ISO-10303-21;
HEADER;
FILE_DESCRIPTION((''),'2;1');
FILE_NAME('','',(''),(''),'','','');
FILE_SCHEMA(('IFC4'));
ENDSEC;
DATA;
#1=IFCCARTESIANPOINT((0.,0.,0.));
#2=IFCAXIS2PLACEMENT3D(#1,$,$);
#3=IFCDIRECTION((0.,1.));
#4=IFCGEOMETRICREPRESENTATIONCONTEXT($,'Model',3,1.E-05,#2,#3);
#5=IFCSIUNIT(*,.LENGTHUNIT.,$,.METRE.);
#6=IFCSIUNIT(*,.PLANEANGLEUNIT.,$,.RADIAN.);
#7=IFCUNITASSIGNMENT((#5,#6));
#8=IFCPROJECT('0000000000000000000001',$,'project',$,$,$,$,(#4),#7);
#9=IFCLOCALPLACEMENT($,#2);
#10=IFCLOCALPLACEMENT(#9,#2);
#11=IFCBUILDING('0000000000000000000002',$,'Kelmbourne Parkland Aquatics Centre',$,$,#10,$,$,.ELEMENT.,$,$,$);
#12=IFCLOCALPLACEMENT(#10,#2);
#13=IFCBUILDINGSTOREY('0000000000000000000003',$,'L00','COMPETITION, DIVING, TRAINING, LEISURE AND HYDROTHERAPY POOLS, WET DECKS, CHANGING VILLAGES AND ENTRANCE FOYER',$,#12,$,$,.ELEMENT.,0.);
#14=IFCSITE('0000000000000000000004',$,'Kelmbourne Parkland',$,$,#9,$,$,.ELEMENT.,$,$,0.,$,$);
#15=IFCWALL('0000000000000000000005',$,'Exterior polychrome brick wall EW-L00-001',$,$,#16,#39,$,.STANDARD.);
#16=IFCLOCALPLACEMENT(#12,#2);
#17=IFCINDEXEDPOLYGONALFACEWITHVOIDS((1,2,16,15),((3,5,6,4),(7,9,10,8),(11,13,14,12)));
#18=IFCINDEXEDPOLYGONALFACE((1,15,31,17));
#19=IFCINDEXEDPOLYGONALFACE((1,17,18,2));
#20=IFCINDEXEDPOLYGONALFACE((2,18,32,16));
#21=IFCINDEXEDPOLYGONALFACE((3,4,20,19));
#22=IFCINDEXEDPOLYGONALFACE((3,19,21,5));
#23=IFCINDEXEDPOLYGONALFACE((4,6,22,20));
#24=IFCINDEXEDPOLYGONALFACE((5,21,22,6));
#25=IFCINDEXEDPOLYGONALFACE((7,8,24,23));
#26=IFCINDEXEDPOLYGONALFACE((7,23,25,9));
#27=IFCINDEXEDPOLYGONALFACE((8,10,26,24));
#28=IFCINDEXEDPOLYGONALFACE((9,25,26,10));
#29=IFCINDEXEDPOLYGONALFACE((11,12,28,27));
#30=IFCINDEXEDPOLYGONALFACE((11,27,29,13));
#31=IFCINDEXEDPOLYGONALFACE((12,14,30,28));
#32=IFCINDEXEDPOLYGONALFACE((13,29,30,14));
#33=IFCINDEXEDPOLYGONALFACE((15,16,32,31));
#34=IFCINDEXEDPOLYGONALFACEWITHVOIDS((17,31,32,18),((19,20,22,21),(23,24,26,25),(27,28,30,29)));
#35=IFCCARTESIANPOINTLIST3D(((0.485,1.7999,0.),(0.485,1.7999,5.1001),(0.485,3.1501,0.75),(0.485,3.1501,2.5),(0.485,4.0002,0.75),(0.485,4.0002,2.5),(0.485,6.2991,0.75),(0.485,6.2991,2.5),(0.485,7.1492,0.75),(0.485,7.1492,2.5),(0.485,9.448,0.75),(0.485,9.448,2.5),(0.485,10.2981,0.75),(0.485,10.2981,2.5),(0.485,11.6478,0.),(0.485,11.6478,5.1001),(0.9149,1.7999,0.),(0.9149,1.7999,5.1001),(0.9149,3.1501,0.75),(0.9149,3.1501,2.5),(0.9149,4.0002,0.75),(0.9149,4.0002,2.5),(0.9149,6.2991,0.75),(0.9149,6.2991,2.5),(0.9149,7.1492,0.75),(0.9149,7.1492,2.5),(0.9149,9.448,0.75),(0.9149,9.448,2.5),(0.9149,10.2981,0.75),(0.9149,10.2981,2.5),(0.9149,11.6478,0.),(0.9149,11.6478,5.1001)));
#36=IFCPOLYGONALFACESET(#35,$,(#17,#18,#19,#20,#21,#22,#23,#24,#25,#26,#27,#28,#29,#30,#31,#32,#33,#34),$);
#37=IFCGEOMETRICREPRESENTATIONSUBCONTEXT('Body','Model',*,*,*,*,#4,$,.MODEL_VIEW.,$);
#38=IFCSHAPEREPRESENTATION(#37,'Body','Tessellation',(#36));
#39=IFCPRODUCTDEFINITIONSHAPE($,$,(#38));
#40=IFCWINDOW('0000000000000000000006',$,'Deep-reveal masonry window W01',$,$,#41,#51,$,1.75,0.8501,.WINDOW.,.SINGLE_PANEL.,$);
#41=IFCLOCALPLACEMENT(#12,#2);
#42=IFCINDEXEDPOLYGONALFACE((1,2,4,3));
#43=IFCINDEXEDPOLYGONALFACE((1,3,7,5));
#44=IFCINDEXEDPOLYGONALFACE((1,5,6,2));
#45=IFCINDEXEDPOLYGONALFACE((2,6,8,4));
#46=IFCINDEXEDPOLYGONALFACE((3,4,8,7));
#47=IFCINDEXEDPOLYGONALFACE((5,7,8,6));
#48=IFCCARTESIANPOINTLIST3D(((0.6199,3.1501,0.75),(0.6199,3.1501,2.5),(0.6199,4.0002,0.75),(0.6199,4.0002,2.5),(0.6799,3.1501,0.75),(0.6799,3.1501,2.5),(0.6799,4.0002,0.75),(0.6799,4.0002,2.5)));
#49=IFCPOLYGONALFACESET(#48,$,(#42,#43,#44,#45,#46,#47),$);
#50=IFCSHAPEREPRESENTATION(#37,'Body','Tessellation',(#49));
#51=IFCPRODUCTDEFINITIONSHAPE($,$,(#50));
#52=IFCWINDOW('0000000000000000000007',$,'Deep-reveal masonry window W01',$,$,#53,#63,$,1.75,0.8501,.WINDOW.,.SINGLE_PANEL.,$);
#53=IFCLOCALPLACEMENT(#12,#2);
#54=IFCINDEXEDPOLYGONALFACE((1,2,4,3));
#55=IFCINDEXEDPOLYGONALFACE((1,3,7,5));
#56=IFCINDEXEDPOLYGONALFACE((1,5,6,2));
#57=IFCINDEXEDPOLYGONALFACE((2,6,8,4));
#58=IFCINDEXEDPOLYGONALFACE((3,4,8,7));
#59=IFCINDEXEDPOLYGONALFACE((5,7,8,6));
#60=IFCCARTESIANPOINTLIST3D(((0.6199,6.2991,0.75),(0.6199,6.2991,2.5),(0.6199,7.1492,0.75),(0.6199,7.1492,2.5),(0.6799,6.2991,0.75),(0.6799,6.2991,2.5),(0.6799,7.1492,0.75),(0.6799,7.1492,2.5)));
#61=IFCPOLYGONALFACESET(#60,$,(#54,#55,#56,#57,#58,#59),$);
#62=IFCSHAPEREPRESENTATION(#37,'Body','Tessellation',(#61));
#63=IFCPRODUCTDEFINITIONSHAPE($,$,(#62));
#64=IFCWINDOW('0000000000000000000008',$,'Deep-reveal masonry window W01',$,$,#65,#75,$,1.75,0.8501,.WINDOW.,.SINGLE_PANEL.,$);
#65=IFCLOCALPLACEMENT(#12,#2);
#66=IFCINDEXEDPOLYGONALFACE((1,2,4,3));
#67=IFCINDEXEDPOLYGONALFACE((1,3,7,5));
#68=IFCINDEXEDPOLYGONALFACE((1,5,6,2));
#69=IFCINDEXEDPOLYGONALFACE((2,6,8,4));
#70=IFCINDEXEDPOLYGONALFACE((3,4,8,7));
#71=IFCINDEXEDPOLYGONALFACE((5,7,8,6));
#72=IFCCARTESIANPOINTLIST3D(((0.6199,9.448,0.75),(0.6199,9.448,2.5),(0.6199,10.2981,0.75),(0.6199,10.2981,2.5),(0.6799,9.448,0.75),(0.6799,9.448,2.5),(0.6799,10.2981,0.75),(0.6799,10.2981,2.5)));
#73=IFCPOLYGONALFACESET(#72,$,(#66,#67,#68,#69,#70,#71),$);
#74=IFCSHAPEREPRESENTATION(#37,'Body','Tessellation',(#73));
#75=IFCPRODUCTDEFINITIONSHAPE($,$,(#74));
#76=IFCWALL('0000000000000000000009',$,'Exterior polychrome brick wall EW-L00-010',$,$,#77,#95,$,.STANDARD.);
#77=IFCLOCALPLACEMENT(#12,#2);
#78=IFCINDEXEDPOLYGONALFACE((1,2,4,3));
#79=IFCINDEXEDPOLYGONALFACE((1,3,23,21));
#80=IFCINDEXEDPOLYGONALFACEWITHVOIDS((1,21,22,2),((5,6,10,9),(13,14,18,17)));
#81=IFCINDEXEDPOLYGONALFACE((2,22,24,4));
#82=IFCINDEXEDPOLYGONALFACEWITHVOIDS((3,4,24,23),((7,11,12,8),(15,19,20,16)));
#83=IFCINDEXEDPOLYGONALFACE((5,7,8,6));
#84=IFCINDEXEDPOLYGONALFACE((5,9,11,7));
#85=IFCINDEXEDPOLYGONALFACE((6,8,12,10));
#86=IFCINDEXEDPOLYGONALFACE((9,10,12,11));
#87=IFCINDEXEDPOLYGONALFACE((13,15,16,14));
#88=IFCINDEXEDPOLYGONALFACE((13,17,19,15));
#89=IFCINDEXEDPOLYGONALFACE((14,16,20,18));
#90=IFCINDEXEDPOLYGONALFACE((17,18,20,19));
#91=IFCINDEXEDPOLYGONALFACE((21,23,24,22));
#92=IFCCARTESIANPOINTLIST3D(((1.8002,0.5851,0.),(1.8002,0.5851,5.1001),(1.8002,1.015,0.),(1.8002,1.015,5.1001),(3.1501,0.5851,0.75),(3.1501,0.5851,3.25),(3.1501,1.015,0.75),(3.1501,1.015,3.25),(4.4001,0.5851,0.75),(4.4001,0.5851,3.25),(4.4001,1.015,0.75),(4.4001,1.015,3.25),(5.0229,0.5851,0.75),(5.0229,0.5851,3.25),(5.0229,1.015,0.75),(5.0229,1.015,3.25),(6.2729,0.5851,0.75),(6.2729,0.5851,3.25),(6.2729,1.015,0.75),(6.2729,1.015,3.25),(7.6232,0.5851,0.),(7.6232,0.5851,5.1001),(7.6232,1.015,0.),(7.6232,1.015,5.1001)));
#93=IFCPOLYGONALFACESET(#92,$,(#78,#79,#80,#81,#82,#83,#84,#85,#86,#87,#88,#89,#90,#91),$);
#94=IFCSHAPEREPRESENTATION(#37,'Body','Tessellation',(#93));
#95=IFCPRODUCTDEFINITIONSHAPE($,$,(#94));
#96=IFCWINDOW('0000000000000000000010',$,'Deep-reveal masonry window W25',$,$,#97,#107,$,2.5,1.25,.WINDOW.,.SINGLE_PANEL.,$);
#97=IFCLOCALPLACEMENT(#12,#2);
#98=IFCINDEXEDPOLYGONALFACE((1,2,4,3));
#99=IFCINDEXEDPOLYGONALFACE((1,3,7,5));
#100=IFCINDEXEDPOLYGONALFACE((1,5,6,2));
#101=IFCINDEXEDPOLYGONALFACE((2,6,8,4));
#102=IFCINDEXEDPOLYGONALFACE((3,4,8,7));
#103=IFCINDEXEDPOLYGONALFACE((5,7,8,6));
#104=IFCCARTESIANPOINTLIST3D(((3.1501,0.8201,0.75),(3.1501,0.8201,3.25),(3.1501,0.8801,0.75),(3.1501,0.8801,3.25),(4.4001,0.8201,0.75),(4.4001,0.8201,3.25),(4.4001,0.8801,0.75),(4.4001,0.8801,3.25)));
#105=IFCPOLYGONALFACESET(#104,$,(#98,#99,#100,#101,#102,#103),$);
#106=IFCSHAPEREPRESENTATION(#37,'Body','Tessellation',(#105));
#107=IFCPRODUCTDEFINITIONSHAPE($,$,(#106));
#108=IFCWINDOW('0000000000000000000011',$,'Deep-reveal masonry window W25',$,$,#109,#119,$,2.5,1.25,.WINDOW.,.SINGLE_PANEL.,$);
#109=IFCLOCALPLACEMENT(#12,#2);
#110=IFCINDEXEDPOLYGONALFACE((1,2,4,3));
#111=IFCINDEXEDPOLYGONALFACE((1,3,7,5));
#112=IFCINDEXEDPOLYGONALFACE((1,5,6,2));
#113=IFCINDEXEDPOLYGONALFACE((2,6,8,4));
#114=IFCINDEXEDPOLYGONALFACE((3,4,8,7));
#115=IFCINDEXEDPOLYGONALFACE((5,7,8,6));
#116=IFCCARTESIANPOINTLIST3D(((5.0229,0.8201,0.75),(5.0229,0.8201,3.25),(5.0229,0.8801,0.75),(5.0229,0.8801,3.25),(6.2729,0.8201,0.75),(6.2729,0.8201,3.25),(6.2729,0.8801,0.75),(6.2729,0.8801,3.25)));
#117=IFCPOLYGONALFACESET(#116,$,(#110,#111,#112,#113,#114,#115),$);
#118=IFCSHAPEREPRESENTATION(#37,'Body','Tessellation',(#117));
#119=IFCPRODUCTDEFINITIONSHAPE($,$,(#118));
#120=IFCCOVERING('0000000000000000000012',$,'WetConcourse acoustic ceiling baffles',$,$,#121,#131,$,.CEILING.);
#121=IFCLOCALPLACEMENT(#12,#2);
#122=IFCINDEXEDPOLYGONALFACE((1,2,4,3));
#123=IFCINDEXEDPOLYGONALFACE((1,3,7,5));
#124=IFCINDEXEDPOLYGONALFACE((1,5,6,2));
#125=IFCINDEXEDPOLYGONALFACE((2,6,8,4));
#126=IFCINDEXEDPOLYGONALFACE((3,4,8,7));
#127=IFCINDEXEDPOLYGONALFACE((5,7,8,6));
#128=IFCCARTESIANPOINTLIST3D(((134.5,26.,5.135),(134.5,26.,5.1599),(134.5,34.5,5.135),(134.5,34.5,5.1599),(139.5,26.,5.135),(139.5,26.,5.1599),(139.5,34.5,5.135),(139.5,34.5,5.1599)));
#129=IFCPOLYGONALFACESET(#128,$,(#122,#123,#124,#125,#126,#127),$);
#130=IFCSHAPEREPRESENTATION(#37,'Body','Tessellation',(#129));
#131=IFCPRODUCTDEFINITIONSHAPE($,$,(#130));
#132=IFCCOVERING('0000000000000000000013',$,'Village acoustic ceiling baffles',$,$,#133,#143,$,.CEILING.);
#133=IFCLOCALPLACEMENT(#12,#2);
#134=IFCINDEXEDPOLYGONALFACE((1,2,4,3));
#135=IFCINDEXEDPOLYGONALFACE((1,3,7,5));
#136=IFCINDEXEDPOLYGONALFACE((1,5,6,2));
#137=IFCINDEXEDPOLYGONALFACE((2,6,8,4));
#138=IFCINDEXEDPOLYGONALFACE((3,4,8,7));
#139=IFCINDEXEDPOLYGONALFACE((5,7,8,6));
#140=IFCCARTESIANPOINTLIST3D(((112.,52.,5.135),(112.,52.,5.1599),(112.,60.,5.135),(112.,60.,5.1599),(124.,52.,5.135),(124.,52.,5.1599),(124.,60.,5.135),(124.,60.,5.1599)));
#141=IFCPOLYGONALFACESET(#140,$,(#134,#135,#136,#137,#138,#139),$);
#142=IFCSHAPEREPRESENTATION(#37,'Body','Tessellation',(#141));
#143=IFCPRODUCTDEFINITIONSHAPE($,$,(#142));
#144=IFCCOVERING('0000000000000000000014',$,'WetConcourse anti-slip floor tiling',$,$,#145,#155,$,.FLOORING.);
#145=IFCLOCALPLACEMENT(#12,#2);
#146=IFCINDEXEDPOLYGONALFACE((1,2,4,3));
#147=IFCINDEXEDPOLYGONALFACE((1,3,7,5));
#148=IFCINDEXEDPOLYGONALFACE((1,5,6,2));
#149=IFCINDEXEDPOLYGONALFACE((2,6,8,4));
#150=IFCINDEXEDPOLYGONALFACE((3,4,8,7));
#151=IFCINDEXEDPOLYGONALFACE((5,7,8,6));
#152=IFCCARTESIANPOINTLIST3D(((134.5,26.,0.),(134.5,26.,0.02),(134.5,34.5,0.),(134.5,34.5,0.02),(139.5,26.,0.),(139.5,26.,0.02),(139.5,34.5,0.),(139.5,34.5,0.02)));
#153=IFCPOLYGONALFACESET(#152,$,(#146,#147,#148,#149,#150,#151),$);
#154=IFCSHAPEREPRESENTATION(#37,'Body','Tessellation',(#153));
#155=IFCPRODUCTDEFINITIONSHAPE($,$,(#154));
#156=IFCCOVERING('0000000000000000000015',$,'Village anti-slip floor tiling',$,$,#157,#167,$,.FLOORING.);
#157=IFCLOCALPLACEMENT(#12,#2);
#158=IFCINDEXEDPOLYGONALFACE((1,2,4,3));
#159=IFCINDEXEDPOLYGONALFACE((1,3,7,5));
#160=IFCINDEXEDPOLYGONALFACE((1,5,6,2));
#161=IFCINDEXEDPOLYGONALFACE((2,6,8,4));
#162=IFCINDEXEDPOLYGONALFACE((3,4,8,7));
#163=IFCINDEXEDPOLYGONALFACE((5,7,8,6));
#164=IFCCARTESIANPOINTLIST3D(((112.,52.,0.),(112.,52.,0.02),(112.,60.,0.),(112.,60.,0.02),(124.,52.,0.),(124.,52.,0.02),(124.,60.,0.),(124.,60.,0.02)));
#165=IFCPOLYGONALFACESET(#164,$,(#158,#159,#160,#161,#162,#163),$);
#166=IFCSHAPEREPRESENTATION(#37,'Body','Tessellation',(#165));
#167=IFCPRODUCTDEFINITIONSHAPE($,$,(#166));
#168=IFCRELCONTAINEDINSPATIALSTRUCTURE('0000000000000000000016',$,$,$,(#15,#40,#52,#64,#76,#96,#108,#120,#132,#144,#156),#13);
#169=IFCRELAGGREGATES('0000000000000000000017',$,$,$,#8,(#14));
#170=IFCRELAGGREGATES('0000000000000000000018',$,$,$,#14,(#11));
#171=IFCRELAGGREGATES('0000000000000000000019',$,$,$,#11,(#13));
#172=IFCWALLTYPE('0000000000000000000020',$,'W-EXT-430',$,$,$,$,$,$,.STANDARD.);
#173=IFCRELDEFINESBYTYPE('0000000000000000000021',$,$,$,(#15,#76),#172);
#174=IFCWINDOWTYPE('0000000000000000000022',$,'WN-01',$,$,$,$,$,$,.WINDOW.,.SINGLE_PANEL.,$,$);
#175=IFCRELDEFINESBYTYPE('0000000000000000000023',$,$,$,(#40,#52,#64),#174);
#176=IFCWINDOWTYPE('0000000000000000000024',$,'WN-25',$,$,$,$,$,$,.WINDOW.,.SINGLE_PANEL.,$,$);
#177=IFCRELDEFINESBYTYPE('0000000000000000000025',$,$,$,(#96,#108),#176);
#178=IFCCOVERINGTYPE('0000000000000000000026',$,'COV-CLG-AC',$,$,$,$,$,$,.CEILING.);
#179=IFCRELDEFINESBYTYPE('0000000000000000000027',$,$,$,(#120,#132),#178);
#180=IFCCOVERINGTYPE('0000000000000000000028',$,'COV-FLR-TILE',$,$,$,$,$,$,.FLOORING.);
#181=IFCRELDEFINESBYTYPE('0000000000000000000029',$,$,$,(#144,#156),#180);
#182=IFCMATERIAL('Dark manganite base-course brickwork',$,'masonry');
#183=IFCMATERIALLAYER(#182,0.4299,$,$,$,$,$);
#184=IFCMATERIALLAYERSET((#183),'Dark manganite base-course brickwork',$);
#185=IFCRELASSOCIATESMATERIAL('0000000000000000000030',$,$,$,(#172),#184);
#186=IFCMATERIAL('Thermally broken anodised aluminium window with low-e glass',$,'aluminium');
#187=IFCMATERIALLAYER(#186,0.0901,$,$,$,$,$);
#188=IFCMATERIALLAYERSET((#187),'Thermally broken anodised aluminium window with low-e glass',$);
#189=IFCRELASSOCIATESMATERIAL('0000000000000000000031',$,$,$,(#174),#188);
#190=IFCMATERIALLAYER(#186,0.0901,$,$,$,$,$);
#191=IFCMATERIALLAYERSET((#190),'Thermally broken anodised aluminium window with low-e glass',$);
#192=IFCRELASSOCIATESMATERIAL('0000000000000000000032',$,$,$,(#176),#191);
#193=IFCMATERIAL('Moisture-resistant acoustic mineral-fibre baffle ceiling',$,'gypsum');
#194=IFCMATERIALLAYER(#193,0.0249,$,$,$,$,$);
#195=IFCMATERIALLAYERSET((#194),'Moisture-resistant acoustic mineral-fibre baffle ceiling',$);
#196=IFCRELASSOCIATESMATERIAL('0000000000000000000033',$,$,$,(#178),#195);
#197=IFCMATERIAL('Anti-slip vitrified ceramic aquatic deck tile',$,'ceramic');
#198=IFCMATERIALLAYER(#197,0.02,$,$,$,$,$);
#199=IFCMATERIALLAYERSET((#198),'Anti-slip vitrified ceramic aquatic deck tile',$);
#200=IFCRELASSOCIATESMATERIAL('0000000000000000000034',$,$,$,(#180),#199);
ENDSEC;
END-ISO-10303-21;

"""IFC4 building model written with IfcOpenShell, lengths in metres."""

from ifc_helpers import new_model, si_unit, direction, frame, frame_2d, origin, place, context, subcontext, project, spatial, polyline, rectangle, outline, extrude, material, layer, layer_set, type_object, element, fill, save


model = new_model("IFC4")

# Units and contexts
model_context = context("Model", 3, precision=1e-05, world=origin(), true_north=direction((0.0, 1.0)))
body_context = subcontext(model_context, "Body", "Model", "MODEL_VIEW")
ifc_project = project(units=[si_unit("LENGTHUNIT", "METRE"), si_unit("PLANEANGLEUNIT", "RADIAN")], contexts=[model_context])

# Site, building, storey
site_placement = place(None, origin())
site = spatial("IfcSite", under=ifc_project, at=site_placement, Name="Kelmbourne Parkland", CompositionType="ELEMENT", RefElevation=0.0)
building_placement = place(site_placement, origin())
building = spatial("IfcBuilding", under=site, at=building_placement, Name="Kelmbourne Parkland Aquatics Centre", CompositionType="ELEMENT")
storey_placement = place(building_placement, origin())
storey = spatial("IfcBuildingStorey", under=building, at=storey_placement, Name="L00", Description="COMPETITION, DIVING, TRAINING, LEISURE AND HYDROTHERAPY POOLS, WET DECKS, CHANGING VILLAGES AND ENTRANCE FOYER", CompositionType="ELEMENT", Elevation=0.0)

# Walls, openings, windows
ifc_material_1 = material(Name="Dark manganite base-course brickwork", Category="masonry")
ifc_layer_1 = layer(ifc_material_1, 0.4299)
ifc_layer_set_1 = layer_set([ifc_layer_1], Name="Dark manganite base-course brickwork")
wall_type_1 = type_object("IfcWallType", Name="W-EXT-430", PredefinedType="STANDARD", material=ifc_layer_set_1)
wall_1_placement = place(storey_placement, frame((0.7, 1.8, 0.0), z_axis=(0.0, 0.0, 1.0), x_axis=(0.0, 1.0, 0.0)))
wall_1 = element("IfcWall", 1, at=wall_1_placement, inside=storey, type_object=wall_type_1, Name="Exterior polychrome brick wall EW-L00-001", PredefinedType="STANDARD", context=body_context, shape_type="SweptSolid", body=[
    extrude(rectangle(XDim=9.8479, YDim=0.4299, at=frame_2d((4.9238, 0.0))), origin(), (0.0, 0.0, 1.0), 5.1001),
])
opening_1_placement = place(wall_1_placement, frame((1.3501, 0.0, 0.75)))
opening_1 = element("IfcOpeningElement", 2, at=opening_1_placement, cuts=wall_1, PredefinedType="OPENING", context=body_context, shape_type="SweptSolid", body=[
    extrude(rectangle(XDim=0.8501, YDim=1.75, at=frame_2d((0.425, 0.875))), frame((0.0, 0.2271, 0.0), z_axis=(0.0, -1.0, 0.0), x_axis=(1.0, 0.0, 0.0)), (0.0, 0.0, 1.0), 0.4539),
])
opening_2_placement = place(wall_1_placement, frame((4.499, 0.0, 0.75)))
opening_2 = element("IfcOpeningElement", 3, at=opening_2_placement, cuts=wall_1, PredefinedType="OPENING", context=body_context, shape_type="SweptSolid", body=[
    extrude(rectangle(XDim=0.8501, YDim=1.75, at=frame_2d((0.425, 0.875))), frame((0.0, 0.2271, 0.0), z_axis=(0.0, -1.0, 0.0), x_axis=(1.0, 0.0, 0.0)), (0.0, 0.0, 1.0), 0.4539),
])
opening_3_placement = place(wall_1_placement, frame((7.6479, 0.0, 0.75)))
opening_3 = element("IfcOpeningElement", 4, at=opening_3_placement, cuts=wall_1, PredefinedType="OPENING", context=body_context, shape_type="SweptSolid", body=[
    extrude(rectangle(XDim=0.8501, YDim=1.75, at=frame_2d((0.425, 0.875))), frame((0.0, 0.2271, 0.0), z_axis=(0.0, -1.0, 0.0), x_axis=(1.0, 0.0, 0.0)), (0.0, 0.0, 1.0), 0.4539),
])
ifc_material_2 = material(Name="Thermally broken anodised aluminium window with low-e glass", Category="aluminium")
ifc_layer_2 = layer(ifc_material_2, 0.0901)
ifc_layer_set_2 = layer_set([ifc_layer_2], Name="Thermally broken anodised aluminium window with low-e glass")
window_type_1 = type_object("IfcWindowType", Name="WN-01", PartitioningType="SINGLE_PANEL", PredefinedType="WINDOW", material=ifc_layer_set_2)
window_1_placement = place(opening_1_placement, origin())
window_1 = element("IfcWindow", 5, at=window_1_placement, inside=storey, type_object=window_type_1, Name="Deep-reveal masonry window W01", OverallHeight=1.75, OverallWidth=0.8501, PartitioningType="SINGLE_PANEL", PredefinedType="WINDOW", context=body_context, shape_type="SweptSolid", body=[
    extrude(rectangle(XDim=0.8501, YDim=1.75, at=frame_2d((0.425, 0.875))), frame((0.0, 0.0801, 0.0), z_axis=(0.0, -1.0, 0.0), x_axis=(1.0, 0.0, 0.0)), (0.0, 0.0, 1.0), 0.0601),
])
fill(opening_1, window_1)
window_2_placement = place(opening_2_placement, origin())
window_2 = element("IfcWindow", 6, at=window_2_placement, inside=storey, type_object=window_type_1, Name="Deep-reveal masonry window W01", OverallHeight=1.75, OverallWidth=0.8501, PartitioningType="SINGLE_PANEL", PredefinedType="WINDOW", context=body_context, shape_type="SweptSolid", body=[
    extrude(rectangle(XDim=0.8501, YDim=1.75, at=frame_2d((0.425, 0.875))), frame((0.0, 0.0801, 0.0), z_axis=(0.0, -1.0, 0.0), x_axis=(1.0, 0.0, 0.0)), (0.0, 0.0, 1.0), 0.0601),
])
fill(opening_2, window_2)
window_3_placement = place(opening_3_placement, origin())
window_3 = element("IfcWindow", 7, at=window_3_placement, inside=storey, type_object=window_type_1, Name="Deep-reveal masonry window W01", OverallHeight=1.75, OverallWidth=0.8501, PartitioningType="SINGLE_PANEL", PredefinedType="WINDOW", context=body_context, shape_type="SweptSolid", body=[
    extrude(rectangle(XDim=0.8501, YDim=1.75, at=frame_2d((0.425, 0.875))), frame((0.0, 0.0801, 0.0), z_axis=(0.0, -1.0, 0.0), x_axis=(1.0, 0.0, 0.0)), (0.0, 0.0, 1.0), 0.0601),
])
fill(opening_3, window_3)
wall_2_placement = place(storey_placement, frame((1.8, 0.8, 0.0), z_axis=(0.0, 0.0, 1.0), x_axis=(1.0, 0.0, 0.0)))
wall_2 = element("IfcWall", 8, at=wall_2_placement, inside=storey, type_object=wall_type_1, Name="Exterior polychrome brick wall EW-L00-010", PredefinedType="STANDARD", context=body_context, shape_type="SweptSolid", body=[
    extrude(rectangle(XDim=5.823, YDim=0.4299, at=frame_2d((2.9116, 0.0))), origin(), (0.0, 0.0, 1.0), 5.1001),
])
opening_4_placement = place(wall_2_placement, frame((1.3501, 0.0, 0.75)))
opening_4 = element("IfcOpeningElement", 9, at=opening_4_placement, cuts=wall_2, PredefinedType="OPENING", context=body_context, shape_type="SweptSolid", body=[
    extrude(rectangle(XDim=1.25, YDim=2.5, at=frame_2d((0.625, 1.25))), frame((0.0, 0.2271, 0.0), z_axis=(0.0, -1.0, 0.0), x_axis=(1.0, 0.0, 0.0)), (0.0, 0.0, 1.0), 0.4539),
])
opening_5_placement = place(wall_2_placement, frame((3.2229, 0.0, 0.75)))
opening_5 = element("IfcOpeningElement", 10, at=opening_5_placement, cuts=wall_2, PredefinedType="OPENING", context=body_context, shape_type="SweptSolid", body=[
    extrude(rectangle(XDim=1.25, YDim=2.5, at=frame_2d((0.625, 1.25))), frame((0.0, 0.2271, 0.0), z_axis=(0.0, -1.0, 0.0), x_axis=(1.0, 0.0, 0.0)), (0.0, 0.0, 1.0), 0.4539),
])
ifc_layer_3 = layer(ifc_material_2, 0.0901)
ifc_layer_set_3 = layer_set([ifc_layer_3], Name="Thermally broken anodised aluminium window with low-e glass")
window_type_2 = type_object("IfcWindowType", Name="WN-25", PartitioningType="SINGLE_PANEL", PredefinedType="WINDOW", material=ifc_layer_set_3)
window_4_placement = place(opening_4_placement, origin())
window_4 = element("IfcWindow", 11, at=window_4_placement, inside=storey, type_object=window_type_2, Name="Deep-reveal masonry window W25", OverallHeight=2.5, OverallWidth=1.25, PartitioningType="SINGLE_PANEL", PredefinedType="WINDOW", context=body_context, shape_type="SweptSolid", body=[
    extrude(rectangle(XDim=1.25, YDim=2.5, at=frame_2d((0.625, 1.25))), frame((0.0, 0.0801, 0.0), z_axis=(0.0, -1.0, 0.0), x_axis=(1.0, 0.0, 0.0)), (0.0, 0.0, 1.0), 0.0601),
])
fill(opening_4, window_4)
window_5_placement = place(opening_5_placement, origin())
window_5 = element("IfcWindow", 12, at=window_5_placement, inside=storey, type_object=window_type_2, Name="Deep-reveal masonry window W25", OverallHeight=2.5, OverallWidth=1.25, PartitioningType="SINGLE_PANEL", PredefinedType="WINDOW", context=body_context, shape_type="SweptSolid", body=[
    extrude(rectangle(XDim=1.25, YDim=2.5, at=frame_2d((0.625, 1.25))), frame((0.0, 0.0801, 0.0), z_axis=(0.0, -1.0, 0.0), x_axis=(1.0, 0.0, 0.0)), (0.0, 0.0, 1.0), 0.0601),
])
fill(opening_5, window_5)

# Coverings
ifc_material_3 = material(Name="Moisture-resistant acoustic mineral-fibre baffle ceiling", Category="gypsum")
ifc_layer_4 = layer(ifc_material_3, 0.0249)
ifc_layer_set_4 = layer_set([ifc_layer_4], Name="Moisture-resistant acoustic mineral-fibre baffle ceiling")
covering_type_1 = type_object("IfcCoveringType", Name="COV-CLG-AC", PredefinedType="CEILING", material=ifc_layer_set_4)
covering_1_placement = place(storey_placement, frame((0.0, 0.0, 5.135)))
element("IfcCovering", 13, at=covering_1_placement, inside=storey, type_object=covering_type_1, Name="WetConcourse acoustic ceiling baffles", PredefinedType="CEILING", context=body_context, shape_type="SweptSolid", body=[
    extrude(outline(polyline([(134.5, 26.0), (139.5, 26.0), (139.5, 34.5), (134.5, 34.5), (134.5, 26.0)])), origin(), (0.0, 0.0, 1.0), 0.0249),
])
covering_2_placement = place(storey_placement, frame((0.0, 0.0, 5.135)))
element("IfcCovering", 14, at=covering_2_placement, inside=storey, type_object=covering_type_1, Name="Village acoustic ceiling baffles", PredefinedType="CEILING", context=body_context, shape_type="SweptSolid", body=[
    extrude(outline(polyline([(112.0, 52.0), (124.0, 52.0), (124.0, 60.0), (112.0, 60.0), (112.0, 52.0)])), origin(), (0.0, 0.0, 1.0), 0.0249),
])
ifc_material_4 = material(Name="Anti-slip vitrified ceramic aquatic deck tile", Category="ceramic")
ifc_layer_5 = layer(ifc_material_4, 0.02)
ifc_layer_set_5 = layer_set([ifc_layer_5], Name="Anti-slip vitrified ceramic aquatic deck tile")
covering_type_2 = type_object("IfcCoveringType", Name="COV-FLR-TILE", PredefinedType="FLOORING", material=ifc_layer_set_5)
covering_3_placement = place(storey_placement, origin())
element("IfcCovering", 15, at=covering_3_placement, inside=storey, type_object=covering_type_2, Name="WetConcourse anti-slip floor tiling", PredefinedType="FLOORING", context=body_context, shape_type="SweptSolid", body=[
    extrude(outline(polyline([(134.5, 26.0), (139.5, 26.0), (139.5, 34.5), (134.5, 34.5), (134.5, 26.0)])), origin(), (0.0, 0.0, 1.0), 0.02),
])
covering_4_placement = place(storey_placement, origin())
element("IfcCovering", 16, at=covering_4_placement, inside=storey, type_object=covering_type_2, Name="Village anti-slip floor tiling", PredefinedType="FLOORING", context=body_context, shape_type="SweptSolid", body=[
    extrude(outline(polyline([(112.0, 52.0), (124.0, 52.0), (124.0, 60.0), (112.0, 60.0), (112.0, 52.0)])), origin(), (0.0, 0.0, 1.0), 0.02),
])

save(model, "model.ifc")
